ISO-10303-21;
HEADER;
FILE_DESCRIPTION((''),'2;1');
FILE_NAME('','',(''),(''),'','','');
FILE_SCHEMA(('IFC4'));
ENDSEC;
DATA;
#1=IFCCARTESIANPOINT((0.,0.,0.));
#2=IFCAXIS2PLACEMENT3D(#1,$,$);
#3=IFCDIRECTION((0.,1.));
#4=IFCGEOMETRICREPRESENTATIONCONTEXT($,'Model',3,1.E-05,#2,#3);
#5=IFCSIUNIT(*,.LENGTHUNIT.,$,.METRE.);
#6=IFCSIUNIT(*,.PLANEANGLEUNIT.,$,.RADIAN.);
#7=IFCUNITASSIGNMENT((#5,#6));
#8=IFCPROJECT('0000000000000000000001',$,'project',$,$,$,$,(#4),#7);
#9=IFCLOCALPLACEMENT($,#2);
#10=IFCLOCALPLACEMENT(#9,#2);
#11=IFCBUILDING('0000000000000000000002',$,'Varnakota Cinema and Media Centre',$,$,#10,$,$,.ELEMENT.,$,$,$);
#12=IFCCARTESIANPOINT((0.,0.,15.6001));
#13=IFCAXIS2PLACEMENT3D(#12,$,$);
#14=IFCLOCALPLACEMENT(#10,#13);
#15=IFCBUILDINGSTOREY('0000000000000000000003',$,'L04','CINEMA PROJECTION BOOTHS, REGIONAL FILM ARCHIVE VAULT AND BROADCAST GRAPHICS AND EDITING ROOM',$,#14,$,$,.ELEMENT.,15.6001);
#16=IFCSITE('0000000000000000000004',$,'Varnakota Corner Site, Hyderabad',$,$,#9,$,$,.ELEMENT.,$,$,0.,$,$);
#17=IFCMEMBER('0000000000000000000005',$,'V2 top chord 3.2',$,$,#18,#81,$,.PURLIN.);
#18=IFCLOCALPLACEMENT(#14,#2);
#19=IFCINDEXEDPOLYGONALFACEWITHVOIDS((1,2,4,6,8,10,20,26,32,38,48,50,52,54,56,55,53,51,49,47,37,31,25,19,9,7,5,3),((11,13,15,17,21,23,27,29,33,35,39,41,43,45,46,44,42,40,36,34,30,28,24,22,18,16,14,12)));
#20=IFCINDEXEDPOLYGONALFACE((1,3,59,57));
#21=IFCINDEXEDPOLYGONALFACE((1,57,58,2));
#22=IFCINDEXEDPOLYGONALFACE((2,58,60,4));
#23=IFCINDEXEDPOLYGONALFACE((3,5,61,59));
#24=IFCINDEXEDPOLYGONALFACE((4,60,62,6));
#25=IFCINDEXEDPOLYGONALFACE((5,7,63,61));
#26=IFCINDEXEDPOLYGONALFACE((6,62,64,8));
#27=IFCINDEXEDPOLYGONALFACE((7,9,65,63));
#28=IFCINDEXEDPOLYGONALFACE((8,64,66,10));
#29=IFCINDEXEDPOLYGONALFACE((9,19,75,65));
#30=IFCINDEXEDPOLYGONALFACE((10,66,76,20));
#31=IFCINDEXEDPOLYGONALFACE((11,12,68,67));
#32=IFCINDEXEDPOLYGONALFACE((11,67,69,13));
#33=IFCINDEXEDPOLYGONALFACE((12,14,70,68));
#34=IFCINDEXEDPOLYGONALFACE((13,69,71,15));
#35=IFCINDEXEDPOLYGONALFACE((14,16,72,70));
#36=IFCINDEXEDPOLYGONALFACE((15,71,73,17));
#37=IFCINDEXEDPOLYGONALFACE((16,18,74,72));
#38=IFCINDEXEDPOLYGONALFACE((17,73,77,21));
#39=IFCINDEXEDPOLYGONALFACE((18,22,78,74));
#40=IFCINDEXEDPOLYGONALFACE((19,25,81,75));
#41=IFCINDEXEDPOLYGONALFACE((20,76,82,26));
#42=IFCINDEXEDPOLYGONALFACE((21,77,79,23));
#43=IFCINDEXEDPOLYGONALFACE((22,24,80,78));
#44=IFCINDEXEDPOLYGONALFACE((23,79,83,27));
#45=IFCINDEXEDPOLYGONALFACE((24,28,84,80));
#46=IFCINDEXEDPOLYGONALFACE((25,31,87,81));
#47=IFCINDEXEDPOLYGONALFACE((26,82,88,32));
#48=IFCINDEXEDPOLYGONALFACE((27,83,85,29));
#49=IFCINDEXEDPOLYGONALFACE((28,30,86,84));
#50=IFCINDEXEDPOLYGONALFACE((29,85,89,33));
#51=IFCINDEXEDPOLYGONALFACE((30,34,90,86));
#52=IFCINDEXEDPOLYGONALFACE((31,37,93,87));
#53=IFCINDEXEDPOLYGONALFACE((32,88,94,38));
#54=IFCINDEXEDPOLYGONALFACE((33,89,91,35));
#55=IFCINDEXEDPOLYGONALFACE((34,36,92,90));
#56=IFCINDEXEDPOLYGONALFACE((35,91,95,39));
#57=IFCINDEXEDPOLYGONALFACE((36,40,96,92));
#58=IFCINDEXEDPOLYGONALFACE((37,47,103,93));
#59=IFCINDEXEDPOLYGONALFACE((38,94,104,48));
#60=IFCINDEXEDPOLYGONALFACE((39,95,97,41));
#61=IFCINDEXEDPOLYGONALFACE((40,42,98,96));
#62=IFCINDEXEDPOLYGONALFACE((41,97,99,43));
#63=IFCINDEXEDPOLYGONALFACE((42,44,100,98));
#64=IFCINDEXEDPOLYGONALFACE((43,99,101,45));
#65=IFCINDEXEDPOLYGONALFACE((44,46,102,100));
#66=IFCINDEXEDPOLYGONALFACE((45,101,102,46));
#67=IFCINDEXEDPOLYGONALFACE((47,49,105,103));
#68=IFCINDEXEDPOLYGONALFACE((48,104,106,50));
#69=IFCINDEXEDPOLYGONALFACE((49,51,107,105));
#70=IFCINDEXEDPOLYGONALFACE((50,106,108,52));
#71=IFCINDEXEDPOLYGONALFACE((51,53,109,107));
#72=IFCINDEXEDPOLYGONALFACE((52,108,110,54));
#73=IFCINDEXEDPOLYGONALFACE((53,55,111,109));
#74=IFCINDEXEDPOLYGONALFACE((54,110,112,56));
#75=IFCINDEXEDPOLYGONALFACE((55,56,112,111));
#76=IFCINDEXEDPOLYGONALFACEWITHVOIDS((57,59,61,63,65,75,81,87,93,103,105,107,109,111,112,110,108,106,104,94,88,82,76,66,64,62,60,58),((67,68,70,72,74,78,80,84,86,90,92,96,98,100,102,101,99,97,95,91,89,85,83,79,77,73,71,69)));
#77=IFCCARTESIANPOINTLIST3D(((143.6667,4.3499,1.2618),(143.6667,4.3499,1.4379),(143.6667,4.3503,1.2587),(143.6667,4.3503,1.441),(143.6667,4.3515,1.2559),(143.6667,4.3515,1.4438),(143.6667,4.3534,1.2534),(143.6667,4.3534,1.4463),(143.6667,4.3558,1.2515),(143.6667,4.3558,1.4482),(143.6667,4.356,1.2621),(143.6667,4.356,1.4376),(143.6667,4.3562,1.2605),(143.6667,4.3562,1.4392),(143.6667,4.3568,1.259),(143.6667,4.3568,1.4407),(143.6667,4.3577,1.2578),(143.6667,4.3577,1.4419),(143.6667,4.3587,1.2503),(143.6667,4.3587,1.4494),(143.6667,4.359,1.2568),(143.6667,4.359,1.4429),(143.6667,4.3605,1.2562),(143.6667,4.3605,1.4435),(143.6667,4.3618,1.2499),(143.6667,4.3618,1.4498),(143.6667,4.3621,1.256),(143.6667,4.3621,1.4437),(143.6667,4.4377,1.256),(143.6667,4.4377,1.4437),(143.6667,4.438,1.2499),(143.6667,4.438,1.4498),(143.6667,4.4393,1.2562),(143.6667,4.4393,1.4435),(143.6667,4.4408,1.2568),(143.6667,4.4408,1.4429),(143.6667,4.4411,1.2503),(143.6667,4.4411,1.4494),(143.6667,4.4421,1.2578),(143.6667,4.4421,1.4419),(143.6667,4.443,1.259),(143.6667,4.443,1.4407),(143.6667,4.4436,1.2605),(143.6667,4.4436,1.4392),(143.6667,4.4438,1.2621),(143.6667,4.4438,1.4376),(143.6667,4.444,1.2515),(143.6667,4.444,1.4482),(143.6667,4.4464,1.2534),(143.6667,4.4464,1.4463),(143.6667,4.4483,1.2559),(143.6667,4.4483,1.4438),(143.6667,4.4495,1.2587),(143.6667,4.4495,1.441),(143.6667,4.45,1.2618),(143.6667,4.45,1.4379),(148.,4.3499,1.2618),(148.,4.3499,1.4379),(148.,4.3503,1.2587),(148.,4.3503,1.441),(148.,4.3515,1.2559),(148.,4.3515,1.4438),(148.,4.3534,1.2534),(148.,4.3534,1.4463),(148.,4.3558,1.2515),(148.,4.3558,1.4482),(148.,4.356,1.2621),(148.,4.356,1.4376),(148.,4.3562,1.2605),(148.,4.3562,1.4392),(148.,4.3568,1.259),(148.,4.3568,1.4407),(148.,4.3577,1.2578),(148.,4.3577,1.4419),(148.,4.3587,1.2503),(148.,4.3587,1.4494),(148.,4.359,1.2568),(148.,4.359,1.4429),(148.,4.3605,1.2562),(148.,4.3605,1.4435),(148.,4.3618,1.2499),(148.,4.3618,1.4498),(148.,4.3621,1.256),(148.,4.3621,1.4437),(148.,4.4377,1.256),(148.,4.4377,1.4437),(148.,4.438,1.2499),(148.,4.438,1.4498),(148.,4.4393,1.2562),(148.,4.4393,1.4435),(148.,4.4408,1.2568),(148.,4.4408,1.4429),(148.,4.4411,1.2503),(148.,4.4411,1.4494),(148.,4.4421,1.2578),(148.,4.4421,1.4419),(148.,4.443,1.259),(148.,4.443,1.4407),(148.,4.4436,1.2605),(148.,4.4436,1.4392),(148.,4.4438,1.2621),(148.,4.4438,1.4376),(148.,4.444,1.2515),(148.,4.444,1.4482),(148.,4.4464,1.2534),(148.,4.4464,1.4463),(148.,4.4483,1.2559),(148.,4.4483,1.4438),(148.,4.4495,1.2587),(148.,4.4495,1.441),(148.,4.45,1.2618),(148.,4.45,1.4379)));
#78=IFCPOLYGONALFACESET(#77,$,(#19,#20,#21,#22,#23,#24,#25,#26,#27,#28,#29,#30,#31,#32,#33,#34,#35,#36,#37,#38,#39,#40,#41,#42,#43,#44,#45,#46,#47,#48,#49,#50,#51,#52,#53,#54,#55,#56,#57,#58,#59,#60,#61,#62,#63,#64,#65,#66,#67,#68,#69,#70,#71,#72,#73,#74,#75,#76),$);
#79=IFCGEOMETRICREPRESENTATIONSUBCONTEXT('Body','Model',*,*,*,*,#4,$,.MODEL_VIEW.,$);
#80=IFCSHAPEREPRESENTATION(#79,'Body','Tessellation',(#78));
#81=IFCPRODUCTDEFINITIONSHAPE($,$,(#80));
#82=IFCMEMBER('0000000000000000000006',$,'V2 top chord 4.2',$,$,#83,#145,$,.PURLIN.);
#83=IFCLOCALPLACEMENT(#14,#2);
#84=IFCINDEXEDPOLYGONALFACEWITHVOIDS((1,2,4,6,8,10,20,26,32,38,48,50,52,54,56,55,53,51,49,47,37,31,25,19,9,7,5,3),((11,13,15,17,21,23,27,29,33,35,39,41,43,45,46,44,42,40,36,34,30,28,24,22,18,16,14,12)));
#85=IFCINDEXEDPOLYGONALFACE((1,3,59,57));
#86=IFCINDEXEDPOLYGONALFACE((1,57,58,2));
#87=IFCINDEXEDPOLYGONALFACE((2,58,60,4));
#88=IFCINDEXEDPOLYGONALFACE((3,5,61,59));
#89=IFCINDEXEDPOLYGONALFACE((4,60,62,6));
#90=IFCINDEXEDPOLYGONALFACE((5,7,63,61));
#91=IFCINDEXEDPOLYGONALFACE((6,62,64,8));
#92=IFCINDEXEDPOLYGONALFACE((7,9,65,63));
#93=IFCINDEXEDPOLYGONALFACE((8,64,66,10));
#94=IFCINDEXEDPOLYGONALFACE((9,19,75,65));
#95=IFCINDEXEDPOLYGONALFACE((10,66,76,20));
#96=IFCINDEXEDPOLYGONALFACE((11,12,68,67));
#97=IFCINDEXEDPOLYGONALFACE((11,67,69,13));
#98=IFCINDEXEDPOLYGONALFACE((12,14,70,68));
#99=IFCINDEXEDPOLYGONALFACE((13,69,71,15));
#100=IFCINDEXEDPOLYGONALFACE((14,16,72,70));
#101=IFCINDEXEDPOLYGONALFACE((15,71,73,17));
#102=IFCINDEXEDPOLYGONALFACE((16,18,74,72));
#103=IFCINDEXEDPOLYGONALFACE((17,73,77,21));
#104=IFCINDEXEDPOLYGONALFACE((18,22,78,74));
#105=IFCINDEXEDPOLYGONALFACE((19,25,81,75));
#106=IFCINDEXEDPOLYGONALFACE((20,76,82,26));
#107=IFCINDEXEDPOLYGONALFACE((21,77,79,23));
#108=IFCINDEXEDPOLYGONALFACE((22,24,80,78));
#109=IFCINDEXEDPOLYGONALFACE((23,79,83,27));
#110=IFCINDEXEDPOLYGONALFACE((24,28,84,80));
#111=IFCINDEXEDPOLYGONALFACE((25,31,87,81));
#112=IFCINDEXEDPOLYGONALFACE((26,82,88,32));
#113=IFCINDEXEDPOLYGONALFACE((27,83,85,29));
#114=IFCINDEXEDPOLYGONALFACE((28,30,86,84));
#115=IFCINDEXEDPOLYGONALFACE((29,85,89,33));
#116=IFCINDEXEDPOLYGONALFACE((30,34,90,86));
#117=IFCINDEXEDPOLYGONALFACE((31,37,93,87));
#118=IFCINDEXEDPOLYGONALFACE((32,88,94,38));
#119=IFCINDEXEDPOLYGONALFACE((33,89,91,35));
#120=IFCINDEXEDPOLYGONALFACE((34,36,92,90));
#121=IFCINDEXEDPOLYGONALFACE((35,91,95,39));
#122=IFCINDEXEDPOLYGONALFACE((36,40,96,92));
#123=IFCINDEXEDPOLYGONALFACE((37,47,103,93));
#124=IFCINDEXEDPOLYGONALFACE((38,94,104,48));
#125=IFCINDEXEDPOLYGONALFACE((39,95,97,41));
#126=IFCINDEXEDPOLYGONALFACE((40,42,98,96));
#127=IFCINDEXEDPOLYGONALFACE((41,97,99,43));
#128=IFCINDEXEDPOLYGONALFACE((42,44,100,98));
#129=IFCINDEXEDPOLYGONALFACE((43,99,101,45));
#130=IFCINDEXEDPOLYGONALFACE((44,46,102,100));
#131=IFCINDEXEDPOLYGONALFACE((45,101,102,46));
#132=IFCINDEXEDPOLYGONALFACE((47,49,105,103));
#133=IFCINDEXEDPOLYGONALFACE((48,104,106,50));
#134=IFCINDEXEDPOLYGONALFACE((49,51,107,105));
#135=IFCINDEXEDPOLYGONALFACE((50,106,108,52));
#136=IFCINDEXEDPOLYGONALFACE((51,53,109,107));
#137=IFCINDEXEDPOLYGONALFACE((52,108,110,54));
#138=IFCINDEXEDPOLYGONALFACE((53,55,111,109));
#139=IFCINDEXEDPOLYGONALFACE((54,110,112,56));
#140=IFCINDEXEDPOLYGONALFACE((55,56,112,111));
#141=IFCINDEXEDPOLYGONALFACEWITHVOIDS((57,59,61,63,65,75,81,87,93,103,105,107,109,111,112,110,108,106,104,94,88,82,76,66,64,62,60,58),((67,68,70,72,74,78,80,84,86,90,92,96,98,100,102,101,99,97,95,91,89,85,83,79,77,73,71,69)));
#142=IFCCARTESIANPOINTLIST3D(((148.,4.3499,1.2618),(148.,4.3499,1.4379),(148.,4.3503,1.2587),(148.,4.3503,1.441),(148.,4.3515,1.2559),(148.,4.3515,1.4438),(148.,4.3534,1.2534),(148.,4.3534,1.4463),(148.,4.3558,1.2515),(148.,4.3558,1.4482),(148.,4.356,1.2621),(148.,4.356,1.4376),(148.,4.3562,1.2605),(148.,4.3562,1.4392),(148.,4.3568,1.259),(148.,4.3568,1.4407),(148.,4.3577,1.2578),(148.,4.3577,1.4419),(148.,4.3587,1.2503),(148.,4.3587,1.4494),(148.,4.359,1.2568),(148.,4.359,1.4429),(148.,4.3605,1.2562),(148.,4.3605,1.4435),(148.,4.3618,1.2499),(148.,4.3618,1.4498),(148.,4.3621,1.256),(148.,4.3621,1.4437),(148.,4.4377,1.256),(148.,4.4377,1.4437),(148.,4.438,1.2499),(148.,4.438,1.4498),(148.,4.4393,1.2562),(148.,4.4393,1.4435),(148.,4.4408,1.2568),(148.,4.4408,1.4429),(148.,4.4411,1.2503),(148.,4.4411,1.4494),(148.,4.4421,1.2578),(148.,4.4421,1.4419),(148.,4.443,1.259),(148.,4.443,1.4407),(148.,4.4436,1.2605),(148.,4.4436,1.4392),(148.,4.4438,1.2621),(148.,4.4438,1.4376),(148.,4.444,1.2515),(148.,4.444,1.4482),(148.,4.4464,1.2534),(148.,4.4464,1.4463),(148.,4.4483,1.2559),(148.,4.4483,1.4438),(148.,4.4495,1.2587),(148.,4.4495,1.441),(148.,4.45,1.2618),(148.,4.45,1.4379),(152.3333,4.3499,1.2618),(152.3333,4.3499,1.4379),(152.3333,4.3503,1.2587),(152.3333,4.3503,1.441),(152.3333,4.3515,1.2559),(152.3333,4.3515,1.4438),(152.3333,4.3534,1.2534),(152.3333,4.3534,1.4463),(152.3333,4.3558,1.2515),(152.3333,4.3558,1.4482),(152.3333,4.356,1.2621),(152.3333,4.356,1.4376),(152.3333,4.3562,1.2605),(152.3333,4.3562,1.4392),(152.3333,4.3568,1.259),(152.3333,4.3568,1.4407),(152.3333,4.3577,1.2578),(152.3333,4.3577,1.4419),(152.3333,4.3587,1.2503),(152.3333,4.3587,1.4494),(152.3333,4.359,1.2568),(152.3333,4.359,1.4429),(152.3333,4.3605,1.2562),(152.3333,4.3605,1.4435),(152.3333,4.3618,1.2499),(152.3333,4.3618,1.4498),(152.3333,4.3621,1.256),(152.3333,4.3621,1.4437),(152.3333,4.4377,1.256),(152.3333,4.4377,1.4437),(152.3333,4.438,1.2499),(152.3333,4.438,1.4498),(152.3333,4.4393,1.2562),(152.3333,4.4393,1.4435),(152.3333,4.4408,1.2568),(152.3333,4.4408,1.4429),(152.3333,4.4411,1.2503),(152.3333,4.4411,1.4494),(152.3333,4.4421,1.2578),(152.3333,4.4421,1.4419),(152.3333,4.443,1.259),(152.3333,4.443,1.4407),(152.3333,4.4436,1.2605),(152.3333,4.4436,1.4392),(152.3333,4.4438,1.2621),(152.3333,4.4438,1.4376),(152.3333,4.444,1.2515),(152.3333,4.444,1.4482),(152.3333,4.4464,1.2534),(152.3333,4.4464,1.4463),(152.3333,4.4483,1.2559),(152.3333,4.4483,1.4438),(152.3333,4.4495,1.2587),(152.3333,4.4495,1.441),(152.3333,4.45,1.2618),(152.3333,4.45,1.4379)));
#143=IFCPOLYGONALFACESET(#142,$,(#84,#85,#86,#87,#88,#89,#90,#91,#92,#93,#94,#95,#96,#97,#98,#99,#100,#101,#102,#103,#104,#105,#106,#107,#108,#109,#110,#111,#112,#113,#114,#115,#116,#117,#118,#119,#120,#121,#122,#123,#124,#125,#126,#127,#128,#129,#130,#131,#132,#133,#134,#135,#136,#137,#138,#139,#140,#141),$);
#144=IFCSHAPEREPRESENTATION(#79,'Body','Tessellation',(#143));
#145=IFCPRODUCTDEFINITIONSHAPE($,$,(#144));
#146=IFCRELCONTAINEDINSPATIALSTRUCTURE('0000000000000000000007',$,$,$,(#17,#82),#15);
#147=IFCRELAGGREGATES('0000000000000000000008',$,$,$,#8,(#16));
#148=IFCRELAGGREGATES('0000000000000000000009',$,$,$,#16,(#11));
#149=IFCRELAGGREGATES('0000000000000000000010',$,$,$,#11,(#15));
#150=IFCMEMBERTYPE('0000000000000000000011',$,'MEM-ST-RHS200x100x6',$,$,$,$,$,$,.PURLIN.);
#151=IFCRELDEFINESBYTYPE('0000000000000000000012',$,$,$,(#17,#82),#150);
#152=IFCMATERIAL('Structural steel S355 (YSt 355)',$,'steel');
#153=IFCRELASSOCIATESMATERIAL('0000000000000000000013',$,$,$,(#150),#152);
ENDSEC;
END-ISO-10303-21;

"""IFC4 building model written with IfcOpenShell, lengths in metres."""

from ifc_helpers import new_model, si_unit, direction, frame, origin, origin_2d, place, context, subcontext, project, spatial, hollow_rectangle, extrude, material, material_profile, profile_set, type_object, element, save


model = new_model("IFC4")

# Units and contexts
model_context = context("Model", 3, precision=1e-05, world=origin(), true_north=direction((0.0, 1.0)))
body_context = subcontext(model_context, "Body", "Model", "MODEL_VIEW")
ifc_project = project(units=[si_unit("LENGTHUNIT", "METRE"), si_unit("PLANEANGLEUNIT", "RADIAN")], contexts=[model_context])

# Site, building, storey
site_placement = place(None, origin())
site = spatial("IfcSite", under=ifc_project, at=site_placement, Name="Varnakota Corner Site, Hyderabad", CompositionType="ELEMENT", RefElevation=0.0)
building_placement = place(site_placement, origin())
building = spatial("IfcBuilding", under=site, at=building_placement, Name="Varnakota Cinema and Media Centre", CompositionType="ELEMENT")
storey_placement = place(building_placement, frame((0.0, 0.0, 15.6001)))
storey = spatial("IfcBuildingStorey", under=building, at=storey_placement, Name="L04", Description="CINEMA PROJECTION BOOTHS, REGIONAL FILM ARCHIVE VAULT AND BROADCAST GRAPHICS AND EDITING ROOM", CompositionType="ELEMENT", Elevation=15.6001)

# Members
ifc_material_1 = material(Name="Structural steel S355 (YSt 355)", Category="steel")
ifc_material_profile_1 = material_profile(ifc_material_1, hollow_rectangle(XDim=0.1001, YDim=0.2, WallThickness=0.0061, InnerFilletRadius=0.0061, OuterFilletRadius=0.012, at=origin_2d()), Name="RHS 200x100x6")
ifc_profile_set_1 = profile_set([ifc_material_profile_1], Name="Structural steel S355 (YSt 355)")
member_type_1 = type_object("IfcMemberType", Name="MEM-ST-RHS200x100x6", PredefinedType="PURLIN", material=ifc_profile_set_1)
for number, where, z_axis, x_axis, name in (
    (1, (143.6667, 4.3999, 1.3499), (1.0, 0.0, 0.0), (0.0, 1.0, 0.0), "V2 top chord 3.2"),
    (2, (148.0, 4.3999, 1.3499), (1.0, 0.0, 0.0), (0.0, 1.0, 0.0), "V2 top chord 4.2"),
):
    element("IfcMember", number, at=place(storey_placement, frame(where, z_axis=z_axis, x_axis=x_axis)), inside=storey, type_object=member_type_1, Name=name, PredefinedType="PURLIN", context=body_context, shape_type="SweptSolid", body=[
        extrude(hollow_rectangle(XDim=0.1001, YDim=0.2, WallThickness=0.0061, InnerFilletRadius=0.0061, OuterFilletRadius=0.012, at=origin_2d()), origin(), (0.0, 0.0, 1.0), 4.3333),
    ])

save(model, "model.ifc")
